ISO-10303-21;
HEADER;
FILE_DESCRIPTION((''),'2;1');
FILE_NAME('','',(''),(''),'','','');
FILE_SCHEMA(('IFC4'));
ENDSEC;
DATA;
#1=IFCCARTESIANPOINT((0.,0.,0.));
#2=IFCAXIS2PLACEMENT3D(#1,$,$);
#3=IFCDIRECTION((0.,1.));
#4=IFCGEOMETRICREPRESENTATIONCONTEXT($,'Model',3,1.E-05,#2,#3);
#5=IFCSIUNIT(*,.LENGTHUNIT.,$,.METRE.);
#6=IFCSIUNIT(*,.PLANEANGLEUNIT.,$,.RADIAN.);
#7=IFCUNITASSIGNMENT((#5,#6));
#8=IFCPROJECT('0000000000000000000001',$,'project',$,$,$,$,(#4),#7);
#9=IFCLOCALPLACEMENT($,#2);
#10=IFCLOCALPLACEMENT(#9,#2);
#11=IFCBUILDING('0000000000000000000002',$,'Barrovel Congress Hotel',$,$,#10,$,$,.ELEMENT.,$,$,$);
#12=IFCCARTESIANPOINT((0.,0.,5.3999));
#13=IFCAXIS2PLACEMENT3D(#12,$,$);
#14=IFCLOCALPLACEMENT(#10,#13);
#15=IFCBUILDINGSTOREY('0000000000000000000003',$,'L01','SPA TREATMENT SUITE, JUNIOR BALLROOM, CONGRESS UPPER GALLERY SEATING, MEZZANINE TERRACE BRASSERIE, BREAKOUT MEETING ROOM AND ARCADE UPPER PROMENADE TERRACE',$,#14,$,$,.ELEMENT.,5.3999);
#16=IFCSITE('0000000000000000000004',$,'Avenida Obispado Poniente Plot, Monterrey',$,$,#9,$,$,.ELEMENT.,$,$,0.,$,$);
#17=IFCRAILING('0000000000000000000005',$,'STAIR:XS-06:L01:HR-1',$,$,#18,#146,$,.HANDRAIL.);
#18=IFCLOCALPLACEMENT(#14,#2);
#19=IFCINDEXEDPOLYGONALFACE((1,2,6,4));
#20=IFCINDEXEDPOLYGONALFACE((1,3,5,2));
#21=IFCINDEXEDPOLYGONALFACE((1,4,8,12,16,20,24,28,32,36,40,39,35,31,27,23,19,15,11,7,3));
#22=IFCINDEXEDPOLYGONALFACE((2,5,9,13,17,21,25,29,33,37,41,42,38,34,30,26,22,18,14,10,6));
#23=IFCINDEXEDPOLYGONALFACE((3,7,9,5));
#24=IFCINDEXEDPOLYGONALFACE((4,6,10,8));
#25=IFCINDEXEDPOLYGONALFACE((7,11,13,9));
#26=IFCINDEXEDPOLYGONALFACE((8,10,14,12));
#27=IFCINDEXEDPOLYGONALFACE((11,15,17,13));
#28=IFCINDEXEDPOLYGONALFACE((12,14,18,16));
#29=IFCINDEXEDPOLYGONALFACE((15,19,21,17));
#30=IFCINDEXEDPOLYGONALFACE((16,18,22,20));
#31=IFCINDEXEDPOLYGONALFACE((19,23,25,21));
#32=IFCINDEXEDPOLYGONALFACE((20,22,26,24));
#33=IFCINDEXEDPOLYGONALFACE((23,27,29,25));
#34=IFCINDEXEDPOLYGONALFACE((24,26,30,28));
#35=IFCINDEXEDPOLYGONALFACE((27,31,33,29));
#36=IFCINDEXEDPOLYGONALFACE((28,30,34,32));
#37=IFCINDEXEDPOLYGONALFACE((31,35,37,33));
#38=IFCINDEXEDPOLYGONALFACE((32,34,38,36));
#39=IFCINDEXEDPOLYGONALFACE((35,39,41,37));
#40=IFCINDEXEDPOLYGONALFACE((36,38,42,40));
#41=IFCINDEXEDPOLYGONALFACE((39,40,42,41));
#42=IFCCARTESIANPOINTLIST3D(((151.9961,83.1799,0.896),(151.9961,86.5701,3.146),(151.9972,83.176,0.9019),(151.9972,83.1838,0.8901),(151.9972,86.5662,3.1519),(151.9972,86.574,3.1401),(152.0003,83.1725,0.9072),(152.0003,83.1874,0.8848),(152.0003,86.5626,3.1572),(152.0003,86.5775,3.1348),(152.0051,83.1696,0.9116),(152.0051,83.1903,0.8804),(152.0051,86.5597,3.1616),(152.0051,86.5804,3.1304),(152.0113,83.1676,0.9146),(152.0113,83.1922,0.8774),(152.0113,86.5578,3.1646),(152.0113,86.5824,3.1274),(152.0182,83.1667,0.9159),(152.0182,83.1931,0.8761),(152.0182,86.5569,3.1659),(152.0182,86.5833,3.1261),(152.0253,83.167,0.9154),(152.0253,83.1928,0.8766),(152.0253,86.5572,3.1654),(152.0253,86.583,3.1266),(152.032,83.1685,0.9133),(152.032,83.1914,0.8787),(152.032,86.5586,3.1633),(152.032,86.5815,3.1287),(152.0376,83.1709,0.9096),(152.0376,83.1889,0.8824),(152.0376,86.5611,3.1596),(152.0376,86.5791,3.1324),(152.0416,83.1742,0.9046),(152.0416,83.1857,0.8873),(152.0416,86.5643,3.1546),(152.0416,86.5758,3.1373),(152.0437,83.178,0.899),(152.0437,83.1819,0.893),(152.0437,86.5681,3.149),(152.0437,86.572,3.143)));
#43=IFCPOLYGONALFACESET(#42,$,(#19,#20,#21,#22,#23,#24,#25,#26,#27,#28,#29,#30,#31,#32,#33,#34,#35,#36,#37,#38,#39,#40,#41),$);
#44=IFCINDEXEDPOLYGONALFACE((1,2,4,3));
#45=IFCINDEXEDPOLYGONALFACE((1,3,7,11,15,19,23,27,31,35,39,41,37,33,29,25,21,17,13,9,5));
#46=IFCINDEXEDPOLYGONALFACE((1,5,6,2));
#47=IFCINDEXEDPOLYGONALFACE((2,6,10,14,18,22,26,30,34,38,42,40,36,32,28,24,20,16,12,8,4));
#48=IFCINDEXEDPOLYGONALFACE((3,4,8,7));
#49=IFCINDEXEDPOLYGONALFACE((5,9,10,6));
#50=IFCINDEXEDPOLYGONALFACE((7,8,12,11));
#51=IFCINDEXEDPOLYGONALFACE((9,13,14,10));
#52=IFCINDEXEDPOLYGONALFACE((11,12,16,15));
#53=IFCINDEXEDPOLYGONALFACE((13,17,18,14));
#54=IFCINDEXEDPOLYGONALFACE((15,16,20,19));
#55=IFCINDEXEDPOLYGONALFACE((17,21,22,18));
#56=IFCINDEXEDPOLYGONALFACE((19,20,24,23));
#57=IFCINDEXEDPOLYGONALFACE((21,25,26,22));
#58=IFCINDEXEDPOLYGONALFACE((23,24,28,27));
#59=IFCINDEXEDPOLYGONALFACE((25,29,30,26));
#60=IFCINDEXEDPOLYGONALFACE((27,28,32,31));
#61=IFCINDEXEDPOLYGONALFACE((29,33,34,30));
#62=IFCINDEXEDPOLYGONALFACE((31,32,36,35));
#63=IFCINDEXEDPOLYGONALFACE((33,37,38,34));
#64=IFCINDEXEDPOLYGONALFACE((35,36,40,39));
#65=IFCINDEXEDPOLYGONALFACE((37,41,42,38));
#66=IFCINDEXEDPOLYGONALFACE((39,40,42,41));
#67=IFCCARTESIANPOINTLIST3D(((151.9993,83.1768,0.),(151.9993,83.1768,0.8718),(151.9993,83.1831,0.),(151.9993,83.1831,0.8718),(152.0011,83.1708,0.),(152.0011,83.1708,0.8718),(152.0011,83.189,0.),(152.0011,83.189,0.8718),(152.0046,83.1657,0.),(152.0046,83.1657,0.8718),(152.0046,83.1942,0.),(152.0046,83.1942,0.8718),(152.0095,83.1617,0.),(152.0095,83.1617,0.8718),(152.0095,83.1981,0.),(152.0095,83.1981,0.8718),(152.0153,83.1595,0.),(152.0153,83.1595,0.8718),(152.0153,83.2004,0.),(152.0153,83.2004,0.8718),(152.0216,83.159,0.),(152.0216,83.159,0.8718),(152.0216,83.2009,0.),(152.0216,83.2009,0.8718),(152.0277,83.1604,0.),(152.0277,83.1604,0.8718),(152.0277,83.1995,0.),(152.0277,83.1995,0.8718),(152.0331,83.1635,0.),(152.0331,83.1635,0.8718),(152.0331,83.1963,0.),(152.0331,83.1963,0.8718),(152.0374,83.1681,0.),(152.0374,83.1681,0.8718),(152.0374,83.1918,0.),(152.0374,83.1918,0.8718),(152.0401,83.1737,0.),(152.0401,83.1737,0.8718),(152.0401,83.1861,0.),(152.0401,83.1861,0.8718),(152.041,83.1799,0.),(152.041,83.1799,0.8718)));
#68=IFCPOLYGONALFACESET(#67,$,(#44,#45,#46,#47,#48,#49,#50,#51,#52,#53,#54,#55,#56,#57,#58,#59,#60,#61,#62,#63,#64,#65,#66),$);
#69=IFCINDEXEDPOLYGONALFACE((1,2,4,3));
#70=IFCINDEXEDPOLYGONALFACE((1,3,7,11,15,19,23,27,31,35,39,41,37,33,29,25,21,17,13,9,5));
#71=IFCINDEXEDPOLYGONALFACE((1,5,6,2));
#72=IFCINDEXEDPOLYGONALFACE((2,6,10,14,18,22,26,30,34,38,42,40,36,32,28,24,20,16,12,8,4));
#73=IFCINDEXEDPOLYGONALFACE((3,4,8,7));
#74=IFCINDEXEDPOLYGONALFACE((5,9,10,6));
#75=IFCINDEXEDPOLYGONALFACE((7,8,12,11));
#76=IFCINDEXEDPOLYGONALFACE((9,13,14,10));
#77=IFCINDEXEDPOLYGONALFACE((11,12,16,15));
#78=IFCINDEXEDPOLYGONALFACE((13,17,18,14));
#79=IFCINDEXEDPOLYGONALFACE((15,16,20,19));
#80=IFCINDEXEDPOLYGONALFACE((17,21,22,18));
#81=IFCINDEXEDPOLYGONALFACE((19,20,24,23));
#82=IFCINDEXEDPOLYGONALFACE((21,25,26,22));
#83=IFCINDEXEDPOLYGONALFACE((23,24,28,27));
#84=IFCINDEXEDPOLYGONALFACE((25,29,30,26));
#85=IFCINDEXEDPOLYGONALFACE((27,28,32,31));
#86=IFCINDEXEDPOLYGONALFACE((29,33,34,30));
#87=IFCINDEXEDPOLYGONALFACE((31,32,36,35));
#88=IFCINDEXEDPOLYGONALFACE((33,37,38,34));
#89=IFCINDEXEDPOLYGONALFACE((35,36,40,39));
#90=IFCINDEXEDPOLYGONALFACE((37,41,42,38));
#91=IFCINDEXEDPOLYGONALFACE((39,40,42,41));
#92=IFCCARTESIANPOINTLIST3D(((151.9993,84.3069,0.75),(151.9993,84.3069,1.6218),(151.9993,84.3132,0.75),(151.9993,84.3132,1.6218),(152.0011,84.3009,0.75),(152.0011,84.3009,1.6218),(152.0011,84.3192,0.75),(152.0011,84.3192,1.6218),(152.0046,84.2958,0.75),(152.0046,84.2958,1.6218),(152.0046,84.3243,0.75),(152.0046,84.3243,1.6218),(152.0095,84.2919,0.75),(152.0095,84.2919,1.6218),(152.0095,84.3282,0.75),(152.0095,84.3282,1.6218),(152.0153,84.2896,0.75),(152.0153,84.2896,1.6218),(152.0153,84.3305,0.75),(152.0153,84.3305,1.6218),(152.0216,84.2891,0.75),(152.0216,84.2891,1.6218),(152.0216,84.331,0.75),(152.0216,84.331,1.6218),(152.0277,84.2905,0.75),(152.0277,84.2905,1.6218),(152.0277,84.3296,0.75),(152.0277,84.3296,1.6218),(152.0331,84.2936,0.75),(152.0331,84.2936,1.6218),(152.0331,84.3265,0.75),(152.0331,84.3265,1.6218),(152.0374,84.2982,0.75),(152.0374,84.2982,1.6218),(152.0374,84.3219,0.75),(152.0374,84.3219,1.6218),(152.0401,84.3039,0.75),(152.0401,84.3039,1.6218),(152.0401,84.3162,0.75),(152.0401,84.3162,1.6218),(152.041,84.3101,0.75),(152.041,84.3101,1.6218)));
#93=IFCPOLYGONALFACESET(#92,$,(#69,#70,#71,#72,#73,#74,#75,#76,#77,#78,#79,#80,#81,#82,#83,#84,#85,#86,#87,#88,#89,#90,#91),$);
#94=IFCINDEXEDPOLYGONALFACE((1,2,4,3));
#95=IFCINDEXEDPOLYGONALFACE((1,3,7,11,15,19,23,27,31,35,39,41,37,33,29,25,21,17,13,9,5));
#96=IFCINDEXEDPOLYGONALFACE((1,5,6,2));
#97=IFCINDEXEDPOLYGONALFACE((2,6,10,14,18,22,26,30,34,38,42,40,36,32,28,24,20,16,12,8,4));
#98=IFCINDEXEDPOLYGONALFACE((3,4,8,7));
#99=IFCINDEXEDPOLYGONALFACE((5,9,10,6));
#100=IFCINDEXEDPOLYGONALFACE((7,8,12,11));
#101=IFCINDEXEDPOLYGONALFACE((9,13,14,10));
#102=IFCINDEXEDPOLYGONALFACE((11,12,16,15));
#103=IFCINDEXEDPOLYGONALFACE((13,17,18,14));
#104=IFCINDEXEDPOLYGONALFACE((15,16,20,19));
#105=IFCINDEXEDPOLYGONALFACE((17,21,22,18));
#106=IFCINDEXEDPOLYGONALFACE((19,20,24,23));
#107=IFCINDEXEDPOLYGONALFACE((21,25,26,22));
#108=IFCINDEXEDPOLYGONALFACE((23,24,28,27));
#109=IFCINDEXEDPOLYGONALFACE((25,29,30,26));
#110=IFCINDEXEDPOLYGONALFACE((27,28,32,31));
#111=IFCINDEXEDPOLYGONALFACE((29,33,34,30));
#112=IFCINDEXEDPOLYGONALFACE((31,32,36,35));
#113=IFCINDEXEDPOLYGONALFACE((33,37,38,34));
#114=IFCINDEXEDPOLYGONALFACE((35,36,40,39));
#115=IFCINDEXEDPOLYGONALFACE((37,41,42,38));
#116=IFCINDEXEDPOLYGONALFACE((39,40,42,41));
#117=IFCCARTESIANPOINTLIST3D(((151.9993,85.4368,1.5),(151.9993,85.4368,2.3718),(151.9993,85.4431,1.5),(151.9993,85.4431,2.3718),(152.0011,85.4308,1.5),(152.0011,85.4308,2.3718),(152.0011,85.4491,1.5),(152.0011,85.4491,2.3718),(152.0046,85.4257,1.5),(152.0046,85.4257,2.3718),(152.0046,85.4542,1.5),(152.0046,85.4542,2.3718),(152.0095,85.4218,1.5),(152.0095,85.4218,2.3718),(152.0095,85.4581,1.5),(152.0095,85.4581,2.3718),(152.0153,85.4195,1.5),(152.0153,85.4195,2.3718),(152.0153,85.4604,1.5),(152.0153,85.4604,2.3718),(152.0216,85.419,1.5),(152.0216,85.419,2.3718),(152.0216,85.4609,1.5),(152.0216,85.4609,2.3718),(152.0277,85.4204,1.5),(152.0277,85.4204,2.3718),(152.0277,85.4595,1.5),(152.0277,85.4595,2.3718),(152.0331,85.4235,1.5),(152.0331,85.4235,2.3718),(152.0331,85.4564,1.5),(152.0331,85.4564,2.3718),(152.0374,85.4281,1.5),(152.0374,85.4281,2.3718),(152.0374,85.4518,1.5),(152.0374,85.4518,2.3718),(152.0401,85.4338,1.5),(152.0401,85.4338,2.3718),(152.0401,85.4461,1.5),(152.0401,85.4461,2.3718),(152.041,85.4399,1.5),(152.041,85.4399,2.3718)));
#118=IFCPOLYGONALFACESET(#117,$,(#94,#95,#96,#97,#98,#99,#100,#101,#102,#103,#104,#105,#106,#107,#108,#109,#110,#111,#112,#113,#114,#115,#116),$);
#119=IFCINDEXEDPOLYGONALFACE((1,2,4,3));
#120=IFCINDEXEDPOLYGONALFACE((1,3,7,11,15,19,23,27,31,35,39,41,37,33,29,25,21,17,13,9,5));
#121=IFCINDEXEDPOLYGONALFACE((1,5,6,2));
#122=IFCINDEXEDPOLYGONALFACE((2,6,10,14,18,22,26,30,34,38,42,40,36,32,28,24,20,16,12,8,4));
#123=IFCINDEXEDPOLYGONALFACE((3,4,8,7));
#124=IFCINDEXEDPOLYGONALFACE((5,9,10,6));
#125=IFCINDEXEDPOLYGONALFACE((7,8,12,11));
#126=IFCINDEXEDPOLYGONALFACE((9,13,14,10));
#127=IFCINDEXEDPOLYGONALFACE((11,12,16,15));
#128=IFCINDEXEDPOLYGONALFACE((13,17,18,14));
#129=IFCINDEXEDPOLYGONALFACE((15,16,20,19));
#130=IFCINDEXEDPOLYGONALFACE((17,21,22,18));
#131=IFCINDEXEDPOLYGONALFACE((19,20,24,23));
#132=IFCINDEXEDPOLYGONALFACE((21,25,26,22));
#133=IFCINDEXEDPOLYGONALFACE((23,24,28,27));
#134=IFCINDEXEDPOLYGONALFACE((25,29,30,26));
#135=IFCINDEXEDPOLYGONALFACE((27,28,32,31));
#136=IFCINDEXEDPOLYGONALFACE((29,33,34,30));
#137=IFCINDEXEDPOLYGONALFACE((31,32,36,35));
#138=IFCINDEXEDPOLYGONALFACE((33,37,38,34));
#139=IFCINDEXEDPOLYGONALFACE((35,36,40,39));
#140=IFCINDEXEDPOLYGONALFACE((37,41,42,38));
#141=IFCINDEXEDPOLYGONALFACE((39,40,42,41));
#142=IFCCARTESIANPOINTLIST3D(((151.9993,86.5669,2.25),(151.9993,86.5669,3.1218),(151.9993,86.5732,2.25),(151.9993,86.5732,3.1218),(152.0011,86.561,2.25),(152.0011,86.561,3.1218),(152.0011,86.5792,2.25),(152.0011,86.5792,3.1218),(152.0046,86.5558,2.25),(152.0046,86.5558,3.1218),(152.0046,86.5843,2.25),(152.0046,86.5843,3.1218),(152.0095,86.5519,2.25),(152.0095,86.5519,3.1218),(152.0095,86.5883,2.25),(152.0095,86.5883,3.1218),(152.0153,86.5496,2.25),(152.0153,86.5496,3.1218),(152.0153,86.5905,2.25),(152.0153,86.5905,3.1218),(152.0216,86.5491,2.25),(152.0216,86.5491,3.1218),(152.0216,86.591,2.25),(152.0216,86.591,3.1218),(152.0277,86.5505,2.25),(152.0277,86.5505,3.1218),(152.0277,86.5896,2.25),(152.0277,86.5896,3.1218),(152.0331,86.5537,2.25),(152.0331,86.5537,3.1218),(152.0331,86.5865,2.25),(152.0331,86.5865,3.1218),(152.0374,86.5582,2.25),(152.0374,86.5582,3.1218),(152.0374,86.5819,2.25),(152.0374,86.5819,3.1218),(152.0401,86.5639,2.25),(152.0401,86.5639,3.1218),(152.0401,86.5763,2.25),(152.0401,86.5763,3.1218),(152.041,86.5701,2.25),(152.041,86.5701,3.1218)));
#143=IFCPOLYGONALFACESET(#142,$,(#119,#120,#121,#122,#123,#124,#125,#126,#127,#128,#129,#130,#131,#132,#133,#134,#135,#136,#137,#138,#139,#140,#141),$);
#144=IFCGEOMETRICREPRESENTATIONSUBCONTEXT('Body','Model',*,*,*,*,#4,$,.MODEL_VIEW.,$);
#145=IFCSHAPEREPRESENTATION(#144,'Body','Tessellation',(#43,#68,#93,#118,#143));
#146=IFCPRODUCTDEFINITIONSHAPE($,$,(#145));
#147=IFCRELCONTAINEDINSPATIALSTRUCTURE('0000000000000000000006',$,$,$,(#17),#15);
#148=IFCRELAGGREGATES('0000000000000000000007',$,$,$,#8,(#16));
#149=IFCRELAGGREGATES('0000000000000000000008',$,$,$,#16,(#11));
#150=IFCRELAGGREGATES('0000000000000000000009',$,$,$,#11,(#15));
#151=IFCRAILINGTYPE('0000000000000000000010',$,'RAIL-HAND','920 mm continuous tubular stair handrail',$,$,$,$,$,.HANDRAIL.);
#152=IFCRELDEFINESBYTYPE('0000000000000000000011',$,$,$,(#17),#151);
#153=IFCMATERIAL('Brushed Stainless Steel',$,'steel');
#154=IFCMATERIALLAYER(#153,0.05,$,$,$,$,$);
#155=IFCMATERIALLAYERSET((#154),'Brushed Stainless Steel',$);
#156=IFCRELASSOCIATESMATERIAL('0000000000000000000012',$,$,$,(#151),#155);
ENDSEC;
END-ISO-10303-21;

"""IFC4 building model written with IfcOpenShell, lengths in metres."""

from ifc_helpers import new_model, si_unit, direction, frame, origin, origin_2d, place, context, subcontext, project, spatial, circle, extrude, material, layer, layer_set, type_object, element, save


model = new_model("IFC4")

# Units and contexts
model_context = context("Model", 3, precision=1e-05, world=origin(), true_north=direction((0.0, 1.0)))
body_context = subcontext(model_context, "Body", "Model", "MODEL_VIEW")
ifc_project = project(units=[si_unit("LENGTHUNIT", "METRE"), si_unit("PLANEANGLEUNIT", "RADIAN")], contexts=[model_context])

# Site, building, storey
site_placement = place(None, origin())
site = spatial("IfcSite", under=ifc_project, at=site_placement, Name="Avenida Obispado Poniente Plot, Monterrey", CompositionType="ELEMENT", RefElevation=0.0)
building_placement = place(site_placement, origin())
building = spatial("IfcBuilding", under=site, at=building_placement, Name="Barrovel Congress Hotel", CompositionType="ELEMENT")
storey_placement = place(building_placement, frame((0.0, 0.0, 5.3999)))
storey = spatial("IfcBuildingStorey", under=building, at=storey_placement, Name="L01", Description="SPA TREATMENT SUITE, JUNIOR BALLROOM, CONGRESS UPPER GALLERY SEATING, MEZZANINE TERRACE BRASSERIE, BREAKOUT MEETING ROOM AND ARCADE UPPER PROMENADE TERRACE", CompositionType="ELEMENT", Elevation=5.3999)

# Railing
ifc_material_1 = material(Name="Brushed Stainless Steel", Category="steel")
ifc_layer_1 = layer(ifc_material_1, 0.05)
ifc_layer_set_1 = layer_set([ifc_layer_1], Name="Brushed Stainless Steel")
railing_type_1 = type_object("IfcRailingType", Name="RAIL-HAND", Description="920 mm continuous tubular stair handrail", PredefinedType="HANDRAIL", material=ifc_layer_set_1)
railing_1_placement = place(storey_placement, frame((152.02, 83.1799, 0.0)))
element("IfcRailing", 1, at=railing_1_placement, inside=storey, type_object=railing_type_1, Name="STAIR:XS-06:L01:HR-1", PredefinedType="HANDRAIL", context=body_context, shape_type="SweptSolid", body=[
    extrude(circle(Radius=0.0239, at=origin_2d()), frame((0.0, 0.0, 0.896), z_axis=(0.0, 0.833193, 0.552982), x_axis=(-1.0, 0.0, 0.0)), (0.0, 0.0, 1.0), 4.0688),
    extrude(circle(Radius=0.021, at=origin_2d()), origin(), (0.0, 0.0, 1.0), 0.8718),
    extrude(circle(Radius=0.021, at=origin_2d()), frame((0.0, 1.1301, 0.75)), (0.0, 0.0, 1.0), 0.8718),
    extrude(circle(Radius=0.021, at=origin_2d()), frame((0.0, 2.26, 1.5)), (0.0, 0.0, 1.0), 0.8718),
    extrude(circle(Radius=0.021, at=origin_2d()), frame((0.0, 3.3901, 2.25)), (0.0, 0.0, 1.0), 0.8718),
])

save(model, "model.ifc")
